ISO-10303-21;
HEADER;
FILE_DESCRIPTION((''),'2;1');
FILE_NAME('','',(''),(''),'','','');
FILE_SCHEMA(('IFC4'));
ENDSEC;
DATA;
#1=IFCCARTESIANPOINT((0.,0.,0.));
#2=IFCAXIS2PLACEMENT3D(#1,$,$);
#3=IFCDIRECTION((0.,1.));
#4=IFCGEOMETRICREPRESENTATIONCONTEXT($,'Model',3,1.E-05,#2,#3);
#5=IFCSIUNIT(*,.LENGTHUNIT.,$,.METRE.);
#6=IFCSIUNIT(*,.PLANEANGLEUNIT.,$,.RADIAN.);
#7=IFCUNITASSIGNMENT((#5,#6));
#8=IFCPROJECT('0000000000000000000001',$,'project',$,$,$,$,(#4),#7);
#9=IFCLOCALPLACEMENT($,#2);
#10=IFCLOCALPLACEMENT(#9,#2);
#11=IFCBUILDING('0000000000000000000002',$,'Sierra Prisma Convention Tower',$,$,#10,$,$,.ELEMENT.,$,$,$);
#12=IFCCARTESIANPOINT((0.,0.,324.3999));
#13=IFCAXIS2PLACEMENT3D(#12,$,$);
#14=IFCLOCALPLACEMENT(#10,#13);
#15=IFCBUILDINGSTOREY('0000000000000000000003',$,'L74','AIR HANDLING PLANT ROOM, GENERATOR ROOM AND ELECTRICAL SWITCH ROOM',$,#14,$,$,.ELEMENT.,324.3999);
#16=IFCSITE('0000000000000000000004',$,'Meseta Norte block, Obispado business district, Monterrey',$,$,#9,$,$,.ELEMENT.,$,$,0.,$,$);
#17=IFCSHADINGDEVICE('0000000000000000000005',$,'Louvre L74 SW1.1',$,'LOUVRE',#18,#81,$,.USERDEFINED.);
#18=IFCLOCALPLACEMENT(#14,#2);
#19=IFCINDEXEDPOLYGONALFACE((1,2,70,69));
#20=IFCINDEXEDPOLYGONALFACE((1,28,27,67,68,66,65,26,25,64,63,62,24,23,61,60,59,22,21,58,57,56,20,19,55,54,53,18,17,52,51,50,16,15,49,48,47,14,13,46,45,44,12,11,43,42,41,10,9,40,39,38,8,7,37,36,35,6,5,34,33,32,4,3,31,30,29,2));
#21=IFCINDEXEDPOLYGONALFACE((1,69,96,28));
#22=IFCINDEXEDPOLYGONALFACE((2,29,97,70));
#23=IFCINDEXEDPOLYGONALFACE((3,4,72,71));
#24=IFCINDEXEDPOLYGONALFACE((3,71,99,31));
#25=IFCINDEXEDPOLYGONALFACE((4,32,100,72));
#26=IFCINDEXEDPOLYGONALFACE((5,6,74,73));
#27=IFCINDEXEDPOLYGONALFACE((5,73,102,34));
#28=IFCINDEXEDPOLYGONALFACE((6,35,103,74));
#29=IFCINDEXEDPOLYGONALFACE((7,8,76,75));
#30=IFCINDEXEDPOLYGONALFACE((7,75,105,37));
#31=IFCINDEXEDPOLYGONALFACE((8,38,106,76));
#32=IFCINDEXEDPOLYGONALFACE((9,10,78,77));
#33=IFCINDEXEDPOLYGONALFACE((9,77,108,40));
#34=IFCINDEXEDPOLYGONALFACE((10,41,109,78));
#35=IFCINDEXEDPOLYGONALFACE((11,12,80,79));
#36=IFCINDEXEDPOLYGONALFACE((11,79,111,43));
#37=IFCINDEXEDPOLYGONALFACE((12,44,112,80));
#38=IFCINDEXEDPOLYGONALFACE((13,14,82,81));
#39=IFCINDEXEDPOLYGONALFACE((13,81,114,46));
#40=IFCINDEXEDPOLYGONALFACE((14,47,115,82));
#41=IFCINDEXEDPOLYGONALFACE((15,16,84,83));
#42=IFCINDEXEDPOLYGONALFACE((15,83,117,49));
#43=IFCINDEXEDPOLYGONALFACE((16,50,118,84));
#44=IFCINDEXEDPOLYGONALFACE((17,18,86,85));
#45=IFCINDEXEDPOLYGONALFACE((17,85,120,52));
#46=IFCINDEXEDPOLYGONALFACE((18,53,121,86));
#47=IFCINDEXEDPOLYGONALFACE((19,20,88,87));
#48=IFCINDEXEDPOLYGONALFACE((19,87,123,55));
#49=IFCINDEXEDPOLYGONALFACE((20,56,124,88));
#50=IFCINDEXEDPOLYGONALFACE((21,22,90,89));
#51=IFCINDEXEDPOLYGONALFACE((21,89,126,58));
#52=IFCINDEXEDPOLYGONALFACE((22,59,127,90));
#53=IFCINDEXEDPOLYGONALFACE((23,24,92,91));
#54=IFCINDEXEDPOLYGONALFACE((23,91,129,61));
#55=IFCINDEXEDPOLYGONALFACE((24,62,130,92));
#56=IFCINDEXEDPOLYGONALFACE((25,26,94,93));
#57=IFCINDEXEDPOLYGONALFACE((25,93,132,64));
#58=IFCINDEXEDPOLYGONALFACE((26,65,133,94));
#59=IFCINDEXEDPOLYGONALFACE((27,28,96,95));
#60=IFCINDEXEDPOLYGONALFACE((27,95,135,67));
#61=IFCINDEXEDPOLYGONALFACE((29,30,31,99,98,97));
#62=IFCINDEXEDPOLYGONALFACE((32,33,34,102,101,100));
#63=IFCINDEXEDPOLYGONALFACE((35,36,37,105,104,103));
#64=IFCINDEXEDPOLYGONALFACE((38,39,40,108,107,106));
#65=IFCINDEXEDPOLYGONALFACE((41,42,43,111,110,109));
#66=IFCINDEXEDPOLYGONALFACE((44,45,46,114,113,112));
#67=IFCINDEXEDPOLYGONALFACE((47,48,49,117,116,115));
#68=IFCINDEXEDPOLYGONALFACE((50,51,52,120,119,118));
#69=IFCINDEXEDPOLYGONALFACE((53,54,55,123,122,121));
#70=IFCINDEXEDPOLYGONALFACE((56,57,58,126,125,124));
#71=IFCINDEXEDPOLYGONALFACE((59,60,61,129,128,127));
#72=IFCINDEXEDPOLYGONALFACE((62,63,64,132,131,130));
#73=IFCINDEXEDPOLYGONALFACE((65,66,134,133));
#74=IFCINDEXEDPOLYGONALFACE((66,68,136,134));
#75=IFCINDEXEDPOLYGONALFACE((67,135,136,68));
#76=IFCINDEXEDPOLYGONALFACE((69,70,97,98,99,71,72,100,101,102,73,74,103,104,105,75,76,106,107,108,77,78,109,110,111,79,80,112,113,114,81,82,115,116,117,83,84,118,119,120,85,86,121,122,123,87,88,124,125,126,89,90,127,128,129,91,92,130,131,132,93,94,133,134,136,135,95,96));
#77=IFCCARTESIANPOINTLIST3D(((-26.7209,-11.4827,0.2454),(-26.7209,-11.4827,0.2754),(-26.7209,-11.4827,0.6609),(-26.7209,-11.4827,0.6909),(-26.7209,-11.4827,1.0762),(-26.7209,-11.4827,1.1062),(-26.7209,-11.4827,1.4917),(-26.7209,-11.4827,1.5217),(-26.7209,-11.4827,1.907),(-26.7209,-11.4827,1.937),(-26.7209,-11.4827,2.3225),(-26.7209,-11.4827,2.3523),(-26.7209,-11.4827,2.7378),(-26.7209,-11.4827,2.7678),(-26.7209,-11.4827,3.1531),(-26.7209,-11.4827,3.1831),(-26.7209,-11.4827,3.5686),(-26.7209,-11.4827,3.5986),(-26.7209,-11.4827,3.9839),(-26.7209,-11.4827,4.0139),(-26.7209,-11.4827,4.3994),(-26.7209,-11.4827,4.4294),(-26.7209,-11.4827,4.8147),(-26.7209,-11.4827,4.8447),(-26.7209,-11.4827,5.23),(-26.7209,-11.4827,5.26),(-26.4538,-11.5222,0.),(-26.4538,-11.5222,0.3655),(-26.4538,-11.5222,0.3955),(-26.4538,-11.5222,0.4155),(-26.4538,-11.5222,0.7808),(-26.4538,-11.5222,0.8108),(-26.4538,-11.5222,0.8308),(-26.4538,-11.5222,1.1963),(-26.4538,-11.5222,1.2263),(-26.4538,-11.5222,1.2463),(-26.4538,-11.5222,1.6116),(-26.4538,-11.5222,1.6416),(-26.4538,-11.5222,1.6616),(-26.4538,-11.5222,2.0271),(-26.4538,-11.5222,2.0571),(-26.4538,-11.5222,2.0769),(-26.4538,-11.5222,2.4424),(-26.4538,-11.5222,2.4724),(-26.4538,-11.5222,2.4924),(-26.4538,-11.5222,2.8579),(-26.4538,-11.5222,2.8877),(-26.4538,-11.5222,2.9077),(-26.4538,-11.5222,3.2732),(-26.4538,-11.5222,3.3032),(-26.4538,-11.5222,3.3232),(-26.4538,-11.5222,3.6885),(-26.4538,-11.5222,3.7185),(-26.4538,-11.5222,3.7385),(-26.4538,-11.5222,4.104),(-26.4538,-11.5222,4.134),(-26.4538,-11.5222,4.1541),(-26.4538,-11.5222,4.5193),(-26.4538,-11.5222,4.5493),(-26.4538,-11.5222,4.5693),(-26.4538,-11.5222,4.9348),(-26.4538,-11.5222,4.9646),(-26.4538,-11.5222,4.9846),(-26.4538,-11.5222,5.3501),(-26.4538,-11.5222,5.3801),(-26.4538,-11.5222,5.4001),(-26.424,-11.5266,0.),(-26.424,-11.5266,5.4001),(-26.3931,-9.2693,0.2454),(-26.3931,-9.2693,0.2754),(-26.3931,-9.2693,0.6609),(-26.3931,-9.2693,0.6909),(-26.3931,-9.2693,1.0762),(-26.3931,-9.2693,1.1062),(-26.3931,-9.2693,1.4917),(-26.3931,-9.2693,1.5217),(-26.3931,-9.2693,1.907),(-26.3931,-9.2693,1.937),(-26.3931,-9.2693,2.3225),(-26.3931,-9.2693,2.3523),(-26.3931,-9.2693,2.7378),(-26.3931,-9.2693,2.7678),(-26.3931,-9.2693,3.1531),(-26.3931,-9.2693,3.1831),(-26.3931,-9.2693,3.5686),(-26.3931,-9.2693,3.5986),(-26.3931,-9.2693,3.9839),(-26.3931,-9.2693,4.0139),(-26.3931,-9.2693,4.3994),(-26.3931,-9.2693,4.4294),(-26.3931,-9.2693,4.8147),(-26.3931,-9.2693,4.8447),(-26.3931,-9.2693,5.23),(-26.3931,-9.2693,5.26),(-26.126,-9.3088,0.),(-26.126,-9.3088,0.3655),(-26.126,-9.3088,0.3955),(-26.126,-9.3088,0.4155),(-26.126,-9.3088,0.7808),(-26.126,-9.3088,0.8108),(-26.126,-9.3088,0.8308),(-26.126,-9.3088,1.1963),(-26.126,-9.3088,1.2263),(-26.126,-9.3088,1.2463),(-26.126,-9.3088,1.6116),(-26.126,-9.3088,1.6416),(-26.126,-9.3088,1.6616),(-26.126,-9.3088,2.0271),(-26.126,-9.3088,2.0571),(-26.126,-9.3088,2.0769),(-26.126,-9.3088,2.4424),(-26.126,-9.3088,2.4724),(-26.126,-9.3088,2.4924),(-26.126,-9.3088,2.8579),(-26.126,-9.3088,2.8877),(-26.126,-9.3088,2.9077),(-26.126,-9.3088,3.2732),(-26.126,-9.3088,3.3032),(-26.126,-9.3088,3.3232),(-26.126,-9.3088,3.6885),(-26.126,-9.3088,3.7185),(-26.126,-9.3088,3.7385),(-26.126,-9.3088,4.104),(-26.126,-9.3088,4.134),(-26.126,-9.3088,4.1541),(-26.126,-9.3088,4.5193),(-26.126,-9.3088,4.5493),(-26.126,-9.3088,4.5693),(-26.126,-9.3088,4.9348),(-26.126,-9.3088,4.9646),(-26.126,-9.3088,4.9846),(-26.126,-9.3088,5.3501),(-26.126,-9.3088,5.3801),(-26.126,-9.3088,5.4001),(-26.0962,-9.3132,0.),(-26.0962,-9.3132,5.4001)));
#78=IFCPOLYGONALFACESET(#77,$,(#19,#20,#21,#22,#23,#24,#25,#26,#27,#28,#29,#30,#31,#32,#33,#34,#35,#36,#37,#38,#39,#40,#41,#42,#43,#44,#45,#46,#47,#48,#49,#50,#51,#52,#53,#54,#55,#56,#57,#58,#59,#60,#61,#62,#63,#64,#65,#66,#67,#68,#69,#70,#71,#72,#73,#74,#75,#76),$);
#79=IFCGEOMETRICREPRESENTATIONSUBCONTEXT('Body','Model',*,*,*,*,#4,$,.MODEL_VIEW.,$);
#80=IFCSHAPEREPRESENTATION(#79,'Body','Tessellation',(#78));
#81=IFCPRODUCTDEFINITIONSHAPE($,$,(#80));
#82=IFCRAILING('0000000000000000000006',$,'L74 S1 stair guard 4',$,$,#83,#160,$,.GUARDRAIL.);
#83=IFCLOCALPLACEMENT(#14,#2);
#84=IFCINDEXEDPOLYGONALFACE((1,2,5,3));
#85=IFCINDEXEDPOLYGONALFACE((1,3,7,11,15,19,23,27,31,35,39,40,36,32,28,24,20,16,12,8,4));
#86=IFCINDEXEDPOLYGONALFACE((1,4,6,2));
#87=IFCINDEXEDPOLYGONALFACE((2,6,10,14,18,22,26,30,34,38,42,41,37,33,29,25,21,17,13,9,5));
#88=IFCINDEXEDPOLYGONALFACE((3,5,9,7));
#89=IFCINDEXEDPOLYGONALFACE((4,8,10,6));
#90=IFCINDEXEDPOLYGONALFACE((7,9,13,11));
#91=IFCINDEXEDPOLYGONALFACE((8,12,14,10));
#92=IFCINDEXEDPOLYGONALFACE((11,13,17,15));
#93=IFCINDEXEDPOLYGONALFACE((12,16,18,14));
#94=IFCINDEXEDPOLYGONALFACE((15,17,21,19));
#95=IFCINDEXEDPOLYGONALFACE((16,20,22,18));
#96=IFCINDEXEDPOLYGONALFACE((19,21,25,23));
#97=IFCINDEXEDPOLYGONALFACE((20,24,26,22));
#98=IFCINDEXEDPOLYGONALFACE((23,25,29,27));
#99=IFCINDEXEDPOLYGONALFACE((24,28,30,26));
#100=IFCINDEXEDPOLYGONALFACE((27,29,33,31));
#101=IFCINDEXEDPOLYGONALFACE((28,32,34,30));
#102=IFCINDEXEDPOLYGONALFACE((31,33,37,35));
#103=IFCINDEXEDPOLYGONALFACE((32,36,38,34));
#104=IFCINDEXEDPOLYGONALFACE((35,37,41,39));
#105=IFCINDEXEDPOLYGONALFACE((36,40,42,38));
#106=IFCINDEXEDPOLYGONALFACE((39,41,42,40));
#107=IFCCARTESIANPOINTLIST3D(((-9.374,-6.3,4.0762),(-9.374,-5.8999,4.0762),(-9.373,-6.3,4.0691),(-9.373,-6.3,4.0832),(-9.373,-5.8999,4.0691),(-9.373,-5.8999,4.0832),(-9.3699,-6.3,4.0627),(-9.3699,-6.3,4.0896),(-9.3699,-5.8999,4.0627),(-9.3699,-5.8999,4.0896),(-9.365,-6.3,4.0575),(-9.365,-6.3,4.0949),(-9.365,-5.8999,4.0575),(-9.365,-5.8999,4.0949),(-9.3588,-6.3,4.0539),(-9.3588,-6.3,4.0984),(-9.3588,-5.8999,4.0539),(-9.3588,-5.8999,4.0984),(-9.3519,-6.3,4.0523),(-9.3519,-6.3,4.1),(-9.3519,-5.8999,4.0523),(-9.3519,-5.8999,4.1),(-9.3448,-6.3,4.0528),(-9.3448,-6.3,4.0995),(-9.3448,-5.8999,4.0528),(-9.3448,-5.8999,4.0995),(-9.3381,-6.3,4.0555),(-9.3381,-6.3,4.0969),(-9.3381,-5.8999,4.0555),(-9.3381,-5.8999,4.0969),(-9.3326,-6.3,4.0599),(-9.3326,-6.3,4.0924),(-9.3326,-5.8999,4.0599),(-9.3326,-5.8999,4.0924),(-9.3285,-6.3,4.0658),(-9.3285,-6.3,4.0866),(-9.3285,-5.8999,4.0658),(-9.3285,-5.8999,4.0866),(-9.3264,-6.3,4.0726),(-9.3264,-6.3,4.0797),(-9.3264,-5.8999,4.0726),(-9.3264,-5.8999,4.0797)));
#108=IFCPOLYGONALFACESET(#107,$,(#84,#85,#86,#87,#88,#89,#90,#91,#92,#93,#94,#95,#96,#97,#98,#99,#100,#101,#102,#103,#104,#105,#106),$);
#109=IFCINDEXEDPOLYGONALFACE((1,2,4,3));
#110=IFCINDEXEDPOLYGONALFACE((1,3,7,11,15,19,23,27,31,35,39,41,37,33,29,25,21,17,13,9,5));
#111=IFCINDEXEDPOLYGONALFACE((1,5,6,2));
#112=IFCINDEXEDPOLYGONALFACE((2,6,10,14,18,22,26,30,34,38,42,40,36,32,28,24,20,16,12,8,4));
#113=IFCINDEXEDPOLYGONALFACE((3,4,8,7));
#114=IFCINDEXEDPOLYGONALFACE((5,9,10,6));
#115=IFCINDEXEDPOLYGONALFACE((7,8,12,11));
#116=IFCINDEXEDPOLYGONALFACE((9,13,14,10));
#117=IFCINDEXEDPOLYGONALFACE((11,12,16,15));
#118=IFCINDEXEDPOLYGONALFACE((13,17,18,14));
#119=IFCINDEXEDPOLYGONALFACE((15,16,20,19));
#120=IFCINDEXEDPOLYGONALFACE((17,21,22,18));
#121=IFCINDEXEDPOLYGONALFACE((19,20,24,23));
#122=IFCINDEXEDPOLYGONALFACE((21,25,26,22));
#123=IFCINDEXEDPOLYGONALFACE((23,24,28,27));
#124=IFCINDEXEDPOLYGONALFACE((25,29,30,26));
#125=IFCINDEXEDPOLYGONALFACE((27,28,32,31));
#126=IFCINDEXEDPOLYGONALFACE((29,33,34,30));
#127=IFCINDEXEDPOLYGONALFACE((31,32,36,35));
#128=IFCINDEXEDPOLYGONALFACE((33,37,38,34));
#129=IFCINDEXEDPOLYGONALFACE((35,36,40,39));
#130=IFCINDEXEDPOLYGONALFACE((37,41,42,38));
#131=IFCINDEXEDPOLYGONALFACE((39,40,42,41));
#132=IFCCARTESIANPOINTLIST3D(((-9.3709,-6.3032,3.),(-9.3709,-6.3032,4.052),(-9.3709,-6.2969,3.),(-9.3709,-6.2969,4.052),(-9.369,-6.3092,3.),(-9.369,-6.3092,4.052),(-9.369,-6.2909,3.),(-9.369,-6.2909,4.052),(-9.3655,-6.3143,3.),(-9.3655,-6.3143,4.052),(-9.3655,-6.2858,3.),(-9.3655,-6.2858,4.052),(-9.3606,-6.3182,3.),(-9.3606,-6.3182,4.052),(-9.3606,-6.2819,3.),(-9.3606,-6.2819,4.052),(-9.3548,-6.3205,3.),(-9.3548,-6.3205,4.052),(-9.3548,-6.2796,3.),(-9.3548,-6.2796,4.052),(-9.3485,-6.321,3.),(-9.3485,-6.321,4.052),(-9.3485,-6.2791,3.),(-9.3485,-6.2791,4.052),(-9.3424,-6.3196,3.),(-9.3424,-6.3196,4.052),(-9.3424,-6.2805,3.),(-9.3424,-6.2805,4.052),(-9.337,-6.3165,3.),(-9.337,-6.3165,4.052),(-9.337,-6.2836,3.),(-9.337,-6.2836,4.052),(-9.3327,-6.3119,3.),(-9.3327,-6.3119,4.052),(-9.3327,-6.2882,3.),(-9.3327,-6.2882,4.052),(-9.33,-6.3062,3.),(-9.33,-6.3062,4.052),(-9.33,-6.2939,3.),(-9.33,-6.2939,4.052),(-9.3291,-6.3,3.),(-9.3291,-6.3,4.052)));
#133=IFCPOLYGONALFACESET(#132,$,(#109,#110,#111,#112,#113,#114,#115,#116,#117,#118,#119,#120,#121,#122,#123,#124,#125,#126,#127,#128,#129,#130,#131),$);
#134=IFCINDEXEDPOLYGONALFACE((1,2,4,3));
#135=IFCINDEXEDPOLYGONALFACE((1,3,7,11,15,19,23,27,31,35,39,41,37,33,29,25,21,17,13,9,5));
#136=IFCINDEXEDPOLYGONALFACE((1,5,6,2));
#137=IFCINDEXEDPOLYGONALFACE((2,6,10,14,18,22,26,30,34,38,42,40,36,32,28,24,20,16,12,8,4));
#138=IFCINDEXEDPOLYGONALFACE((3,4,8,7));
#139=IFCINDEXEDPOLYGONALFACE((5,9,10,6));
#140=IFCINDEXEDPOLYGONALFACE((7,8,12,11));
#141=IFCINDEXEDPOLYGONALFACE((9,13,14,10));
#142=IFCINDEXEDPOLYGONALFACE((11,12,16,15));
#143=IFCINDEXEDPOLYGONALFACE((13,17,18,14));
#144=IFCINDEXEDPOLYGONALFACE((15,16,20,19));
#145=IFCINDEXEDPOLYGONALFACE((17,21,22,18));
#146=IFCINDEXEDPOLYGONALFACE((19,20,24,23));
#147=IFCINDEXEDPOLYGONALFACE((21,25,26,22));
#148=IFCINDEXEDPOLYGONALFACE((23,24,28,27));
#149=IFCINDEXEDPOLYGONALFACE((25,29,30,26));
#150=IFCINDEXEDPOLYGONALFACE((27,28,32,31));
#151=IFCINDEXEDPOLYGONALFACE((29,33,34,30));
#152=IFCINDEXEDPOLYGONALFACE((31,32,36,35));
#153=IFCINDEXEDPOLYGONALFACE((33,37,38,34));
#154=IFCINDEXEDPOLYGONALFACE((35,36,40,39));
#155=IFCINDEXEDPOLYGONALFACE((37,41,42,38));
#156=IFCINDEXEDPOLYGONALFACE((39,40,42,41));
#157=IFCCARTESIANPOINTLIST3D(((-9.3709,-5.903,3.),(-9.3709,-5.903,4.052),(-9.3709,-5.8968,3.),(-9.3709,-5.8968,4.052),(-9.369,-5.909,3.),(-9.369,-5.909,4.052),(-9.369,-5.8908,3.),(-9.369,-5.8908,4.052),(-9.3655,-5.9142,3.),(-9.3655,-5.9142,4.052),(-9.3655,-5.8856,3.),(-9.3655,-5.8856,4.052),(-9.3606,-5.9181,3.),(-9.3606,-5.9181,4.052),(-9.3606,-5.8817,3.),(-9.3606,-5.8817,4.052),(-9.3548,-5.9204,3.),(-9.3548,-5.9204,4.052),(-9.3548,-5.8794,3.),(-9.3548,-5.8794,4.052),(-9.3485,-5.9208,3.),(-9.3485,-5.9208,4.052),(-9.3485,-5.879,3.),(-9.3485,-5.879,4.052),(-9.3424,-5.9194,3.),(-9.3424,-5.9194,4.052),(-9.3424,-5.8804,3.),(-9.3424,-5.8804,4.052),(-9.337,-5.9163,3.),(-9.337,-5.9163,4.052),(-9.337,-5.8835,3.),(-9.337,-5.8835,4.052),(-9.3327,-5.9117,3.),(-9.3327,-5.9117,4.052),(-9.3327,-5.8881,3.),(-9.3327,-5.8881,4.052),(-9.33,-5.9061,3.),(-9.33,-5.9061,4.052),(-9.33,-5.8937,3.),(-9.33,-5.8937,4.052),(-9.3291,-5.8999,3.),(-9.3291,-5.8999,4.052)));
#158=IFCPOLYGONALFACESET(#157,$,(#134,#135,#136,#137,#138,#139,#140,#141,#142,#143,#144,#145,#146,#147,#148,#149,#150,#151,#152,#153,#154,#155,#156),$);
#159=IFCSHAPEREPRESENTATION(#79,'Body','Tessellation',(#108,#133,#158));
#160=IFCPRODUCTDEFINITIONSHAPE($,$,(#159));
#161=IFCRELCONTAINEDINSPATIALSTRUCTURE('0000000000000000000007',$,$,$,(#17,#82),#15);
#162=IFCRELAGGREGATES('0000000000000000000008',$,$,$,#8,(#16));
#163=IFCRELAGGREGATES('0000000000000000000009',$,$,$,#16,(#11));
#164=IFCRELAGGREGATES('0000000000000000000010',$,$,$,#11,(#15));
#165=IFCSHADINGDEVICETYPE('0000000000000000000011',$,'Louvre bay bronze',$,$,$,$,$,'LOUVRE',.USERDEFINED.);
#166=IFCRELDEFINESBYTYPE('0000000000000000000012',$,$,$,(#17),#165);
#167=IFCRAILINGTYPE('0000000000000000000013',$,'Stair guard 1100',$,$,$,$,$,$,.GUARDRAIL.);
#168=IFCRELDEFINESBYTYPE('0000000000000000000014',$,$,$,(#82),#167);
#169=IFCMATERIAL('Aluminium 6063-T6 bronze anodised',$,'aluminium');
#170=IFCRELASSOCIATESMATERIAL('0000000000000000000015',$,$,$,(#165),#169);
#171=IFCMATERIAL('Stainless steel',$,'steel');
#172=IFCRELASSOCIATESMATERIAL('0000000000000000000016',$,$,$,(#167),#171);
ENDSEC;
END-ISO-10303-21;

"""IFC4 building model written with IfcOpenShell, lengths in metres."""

from ifc_helpers import new_model, si_unit, direction, frame, origin, origin_2d, place, context, subcontext, project, spatial, polyline, circle, outline, extrude, material, type_object, element, save


model = new_model("IFC4")

# Units and contexts
model_context = context("Model", 3, precision=1e-05, world=origin(), true_north=direction((0.0, 1.0)))
body_context = subcontext(model_context, "Body", "Model", "MODEL_VIEW")
ifc_project = project(units=[si_unit("LENGTHUNIT", "METRE"), si_unit("PLANEANGLEUNIT", "RADIAN")], contexts=[model_context])

# Site, building, storey
site_placement = place(None, origin())
site = spatial("IfcSite", under=ifc_project, at=site_placement, Name="Meseta Norte block, Obispado business district, Monterrey", CompositionType="ELEMENT", RefElevation=0.0)
building_placement = place(site_placement, origin())
building = spatial("IfcBuilding", under=site, at=building_placement, Name="Sierra Prisma Convention Tower", CompositionType="ELEMENT")
storey_placement = place(building_placement, frame((0.0, 0.0, 324.3999)))
storey = spatial("IfcBuildingStorey", under=building, at=storey_placement, Name="L74", Description="AIR HANDLING PLANT ROOM, GENERATOR ROOM AND ELECTRICAL SWITCH ROOM", CompositionType="ELEMENT", Elevation=324.3999)

# Shading device
ifc_material_1 = material(Name="Aluminium 6063-T6 bronze anodised", Category="aluminium")
shading_device_type = type_object("IfcShadingDeviceType", Name="Louvre bay bronze", ElementType="LOUVRE", PredefinedType="USERDEFINED", material=ifc_material_1)
shading_device_1_placement = place(storey_placement, frame((-26.0962, -9.3132, 0.0), z_axis=(0.146514, 0.989209, 0.0), x_axis=(0.0, 0.0, 1.0)))
element("IfcShadingDevice", 1, at=shading_device_1_placement, inside=storey, type_object=shading_device_type, Name="Louvre L74 SW1.1", ObjectType="LOUVRE", PredefinedType="USERDEFINED", context=body_context, shape_type="SweptSolid", body=[
    extrude(outline(polyline([(0.0, 0.0), (5.4001, 0.0), (5.4001, -0.0301), (5.3801, -0.0301), (5.26, -0.3001), (5.23, -0.3001), (5.3501, -0.0301), (4.9846, -0.0301), (4.9646, -0.0301), (4.8447, -0.3001), (4.8147, -0.3001), (4.9348, -0.0301), (4.5693, -0.0301), (4.5493, -0.0301), (4.4294, -0.3001), (4.3994, -0.3001), (4.5193, -0.0301), (4.1541, -0.0301), (4.134, -0.0301), (4.0139, -0.3001), (3.9839, -0.3001), (4.104, -0.0301), (3.7385, -0.0301), (3.7185, -0.0301), (3.5986, -0.3001), (3.5686, -0.3001), (3.6885, -0.0301), (3.3232, -0.0301), (3.3032, -0.0301), (3.1831, -0.3001), (3.1531, -0.3001), (3.2732, -0.0301), (2.9077, -0.0301), (2.8877, -0.0301), (2.7678, -0.3001), (2.7378, -0.3001), (2.8579, -0.0301), (2.4924, -0.0301), (2.4724, -0.0301), (2.3523, -0.3001), (2.3225, -0.3001), (2.4424, -0.0301), (2.0769, -0.0301), (2.0571, -0.0301), (1.937, -0.3001), (1.907, -0.3001), (2.0271, -0.0301), (1.6616, -0.0301), (1.6416, -0.0301), (1.5217, -0.3001), (1.4917, -0.3001), (1.6116, -0.0301), (1.2463, -0.0301), (1.2263, -0.0301), (1.1062, -0.3001), (1.0762, -0.3001), (1.1963, -0.0301), (0.8308, -0.0301), (0.8108, -0.0301), (0.6909, -0.3001), (0.6609, -0.3001), (0.7808, -0.0301), (0.4155, -0.0301), (0.3955, -0.0301), (0.2754, -0.3001), (0.2454, -0.3001), (0.3655, -0.0301), (0.0, -0.0301), (0.0, 0.0)])), origin(), (0.0, 0.0, -1.0), 2.2375),
])

# Railing
ifc_material_2 = material(Name="Stainless steel", Category="steel")
railing_type = type_object("IfcRailingType", Name="Stair guard 1100", PredefinedType="GUARDRAIL", material=ifc_material_2)
for number, where, name in (
    (2, (-9.3501, -6.3, 3.0), "L74 S1 stair guard 4"),
):
    element("IfcRailing", number, at=place(storey_placement, frame(where)), inside=storey, type_object=railing_type, Name=name, PredefinedType="GUARDRAIL", context=body_context, shape_type="SweptSolid", body=[
        extrude(circle(Radius=0.0239, at=origin_2d()), frame((0.0, 0.0, 1.0762), z_axis=(0.0, 1.0, 0.0), x_axis=(-1.0, 0.0, 0.0)), (0.0, 0.0, 1.0), 0.4001),
        extrude(circle(Radius=0.021, at=origin_2d()), origin(), (0.0, 0.0, 1.0), 1.052),
        extrude(circle(Radius=0.021, at=origin_2d()), frame((0.0, 0.4001, 0.0)), (0.0, 0.0, 1.0), 1.052),
    ])

save(model, "model.ifc")
